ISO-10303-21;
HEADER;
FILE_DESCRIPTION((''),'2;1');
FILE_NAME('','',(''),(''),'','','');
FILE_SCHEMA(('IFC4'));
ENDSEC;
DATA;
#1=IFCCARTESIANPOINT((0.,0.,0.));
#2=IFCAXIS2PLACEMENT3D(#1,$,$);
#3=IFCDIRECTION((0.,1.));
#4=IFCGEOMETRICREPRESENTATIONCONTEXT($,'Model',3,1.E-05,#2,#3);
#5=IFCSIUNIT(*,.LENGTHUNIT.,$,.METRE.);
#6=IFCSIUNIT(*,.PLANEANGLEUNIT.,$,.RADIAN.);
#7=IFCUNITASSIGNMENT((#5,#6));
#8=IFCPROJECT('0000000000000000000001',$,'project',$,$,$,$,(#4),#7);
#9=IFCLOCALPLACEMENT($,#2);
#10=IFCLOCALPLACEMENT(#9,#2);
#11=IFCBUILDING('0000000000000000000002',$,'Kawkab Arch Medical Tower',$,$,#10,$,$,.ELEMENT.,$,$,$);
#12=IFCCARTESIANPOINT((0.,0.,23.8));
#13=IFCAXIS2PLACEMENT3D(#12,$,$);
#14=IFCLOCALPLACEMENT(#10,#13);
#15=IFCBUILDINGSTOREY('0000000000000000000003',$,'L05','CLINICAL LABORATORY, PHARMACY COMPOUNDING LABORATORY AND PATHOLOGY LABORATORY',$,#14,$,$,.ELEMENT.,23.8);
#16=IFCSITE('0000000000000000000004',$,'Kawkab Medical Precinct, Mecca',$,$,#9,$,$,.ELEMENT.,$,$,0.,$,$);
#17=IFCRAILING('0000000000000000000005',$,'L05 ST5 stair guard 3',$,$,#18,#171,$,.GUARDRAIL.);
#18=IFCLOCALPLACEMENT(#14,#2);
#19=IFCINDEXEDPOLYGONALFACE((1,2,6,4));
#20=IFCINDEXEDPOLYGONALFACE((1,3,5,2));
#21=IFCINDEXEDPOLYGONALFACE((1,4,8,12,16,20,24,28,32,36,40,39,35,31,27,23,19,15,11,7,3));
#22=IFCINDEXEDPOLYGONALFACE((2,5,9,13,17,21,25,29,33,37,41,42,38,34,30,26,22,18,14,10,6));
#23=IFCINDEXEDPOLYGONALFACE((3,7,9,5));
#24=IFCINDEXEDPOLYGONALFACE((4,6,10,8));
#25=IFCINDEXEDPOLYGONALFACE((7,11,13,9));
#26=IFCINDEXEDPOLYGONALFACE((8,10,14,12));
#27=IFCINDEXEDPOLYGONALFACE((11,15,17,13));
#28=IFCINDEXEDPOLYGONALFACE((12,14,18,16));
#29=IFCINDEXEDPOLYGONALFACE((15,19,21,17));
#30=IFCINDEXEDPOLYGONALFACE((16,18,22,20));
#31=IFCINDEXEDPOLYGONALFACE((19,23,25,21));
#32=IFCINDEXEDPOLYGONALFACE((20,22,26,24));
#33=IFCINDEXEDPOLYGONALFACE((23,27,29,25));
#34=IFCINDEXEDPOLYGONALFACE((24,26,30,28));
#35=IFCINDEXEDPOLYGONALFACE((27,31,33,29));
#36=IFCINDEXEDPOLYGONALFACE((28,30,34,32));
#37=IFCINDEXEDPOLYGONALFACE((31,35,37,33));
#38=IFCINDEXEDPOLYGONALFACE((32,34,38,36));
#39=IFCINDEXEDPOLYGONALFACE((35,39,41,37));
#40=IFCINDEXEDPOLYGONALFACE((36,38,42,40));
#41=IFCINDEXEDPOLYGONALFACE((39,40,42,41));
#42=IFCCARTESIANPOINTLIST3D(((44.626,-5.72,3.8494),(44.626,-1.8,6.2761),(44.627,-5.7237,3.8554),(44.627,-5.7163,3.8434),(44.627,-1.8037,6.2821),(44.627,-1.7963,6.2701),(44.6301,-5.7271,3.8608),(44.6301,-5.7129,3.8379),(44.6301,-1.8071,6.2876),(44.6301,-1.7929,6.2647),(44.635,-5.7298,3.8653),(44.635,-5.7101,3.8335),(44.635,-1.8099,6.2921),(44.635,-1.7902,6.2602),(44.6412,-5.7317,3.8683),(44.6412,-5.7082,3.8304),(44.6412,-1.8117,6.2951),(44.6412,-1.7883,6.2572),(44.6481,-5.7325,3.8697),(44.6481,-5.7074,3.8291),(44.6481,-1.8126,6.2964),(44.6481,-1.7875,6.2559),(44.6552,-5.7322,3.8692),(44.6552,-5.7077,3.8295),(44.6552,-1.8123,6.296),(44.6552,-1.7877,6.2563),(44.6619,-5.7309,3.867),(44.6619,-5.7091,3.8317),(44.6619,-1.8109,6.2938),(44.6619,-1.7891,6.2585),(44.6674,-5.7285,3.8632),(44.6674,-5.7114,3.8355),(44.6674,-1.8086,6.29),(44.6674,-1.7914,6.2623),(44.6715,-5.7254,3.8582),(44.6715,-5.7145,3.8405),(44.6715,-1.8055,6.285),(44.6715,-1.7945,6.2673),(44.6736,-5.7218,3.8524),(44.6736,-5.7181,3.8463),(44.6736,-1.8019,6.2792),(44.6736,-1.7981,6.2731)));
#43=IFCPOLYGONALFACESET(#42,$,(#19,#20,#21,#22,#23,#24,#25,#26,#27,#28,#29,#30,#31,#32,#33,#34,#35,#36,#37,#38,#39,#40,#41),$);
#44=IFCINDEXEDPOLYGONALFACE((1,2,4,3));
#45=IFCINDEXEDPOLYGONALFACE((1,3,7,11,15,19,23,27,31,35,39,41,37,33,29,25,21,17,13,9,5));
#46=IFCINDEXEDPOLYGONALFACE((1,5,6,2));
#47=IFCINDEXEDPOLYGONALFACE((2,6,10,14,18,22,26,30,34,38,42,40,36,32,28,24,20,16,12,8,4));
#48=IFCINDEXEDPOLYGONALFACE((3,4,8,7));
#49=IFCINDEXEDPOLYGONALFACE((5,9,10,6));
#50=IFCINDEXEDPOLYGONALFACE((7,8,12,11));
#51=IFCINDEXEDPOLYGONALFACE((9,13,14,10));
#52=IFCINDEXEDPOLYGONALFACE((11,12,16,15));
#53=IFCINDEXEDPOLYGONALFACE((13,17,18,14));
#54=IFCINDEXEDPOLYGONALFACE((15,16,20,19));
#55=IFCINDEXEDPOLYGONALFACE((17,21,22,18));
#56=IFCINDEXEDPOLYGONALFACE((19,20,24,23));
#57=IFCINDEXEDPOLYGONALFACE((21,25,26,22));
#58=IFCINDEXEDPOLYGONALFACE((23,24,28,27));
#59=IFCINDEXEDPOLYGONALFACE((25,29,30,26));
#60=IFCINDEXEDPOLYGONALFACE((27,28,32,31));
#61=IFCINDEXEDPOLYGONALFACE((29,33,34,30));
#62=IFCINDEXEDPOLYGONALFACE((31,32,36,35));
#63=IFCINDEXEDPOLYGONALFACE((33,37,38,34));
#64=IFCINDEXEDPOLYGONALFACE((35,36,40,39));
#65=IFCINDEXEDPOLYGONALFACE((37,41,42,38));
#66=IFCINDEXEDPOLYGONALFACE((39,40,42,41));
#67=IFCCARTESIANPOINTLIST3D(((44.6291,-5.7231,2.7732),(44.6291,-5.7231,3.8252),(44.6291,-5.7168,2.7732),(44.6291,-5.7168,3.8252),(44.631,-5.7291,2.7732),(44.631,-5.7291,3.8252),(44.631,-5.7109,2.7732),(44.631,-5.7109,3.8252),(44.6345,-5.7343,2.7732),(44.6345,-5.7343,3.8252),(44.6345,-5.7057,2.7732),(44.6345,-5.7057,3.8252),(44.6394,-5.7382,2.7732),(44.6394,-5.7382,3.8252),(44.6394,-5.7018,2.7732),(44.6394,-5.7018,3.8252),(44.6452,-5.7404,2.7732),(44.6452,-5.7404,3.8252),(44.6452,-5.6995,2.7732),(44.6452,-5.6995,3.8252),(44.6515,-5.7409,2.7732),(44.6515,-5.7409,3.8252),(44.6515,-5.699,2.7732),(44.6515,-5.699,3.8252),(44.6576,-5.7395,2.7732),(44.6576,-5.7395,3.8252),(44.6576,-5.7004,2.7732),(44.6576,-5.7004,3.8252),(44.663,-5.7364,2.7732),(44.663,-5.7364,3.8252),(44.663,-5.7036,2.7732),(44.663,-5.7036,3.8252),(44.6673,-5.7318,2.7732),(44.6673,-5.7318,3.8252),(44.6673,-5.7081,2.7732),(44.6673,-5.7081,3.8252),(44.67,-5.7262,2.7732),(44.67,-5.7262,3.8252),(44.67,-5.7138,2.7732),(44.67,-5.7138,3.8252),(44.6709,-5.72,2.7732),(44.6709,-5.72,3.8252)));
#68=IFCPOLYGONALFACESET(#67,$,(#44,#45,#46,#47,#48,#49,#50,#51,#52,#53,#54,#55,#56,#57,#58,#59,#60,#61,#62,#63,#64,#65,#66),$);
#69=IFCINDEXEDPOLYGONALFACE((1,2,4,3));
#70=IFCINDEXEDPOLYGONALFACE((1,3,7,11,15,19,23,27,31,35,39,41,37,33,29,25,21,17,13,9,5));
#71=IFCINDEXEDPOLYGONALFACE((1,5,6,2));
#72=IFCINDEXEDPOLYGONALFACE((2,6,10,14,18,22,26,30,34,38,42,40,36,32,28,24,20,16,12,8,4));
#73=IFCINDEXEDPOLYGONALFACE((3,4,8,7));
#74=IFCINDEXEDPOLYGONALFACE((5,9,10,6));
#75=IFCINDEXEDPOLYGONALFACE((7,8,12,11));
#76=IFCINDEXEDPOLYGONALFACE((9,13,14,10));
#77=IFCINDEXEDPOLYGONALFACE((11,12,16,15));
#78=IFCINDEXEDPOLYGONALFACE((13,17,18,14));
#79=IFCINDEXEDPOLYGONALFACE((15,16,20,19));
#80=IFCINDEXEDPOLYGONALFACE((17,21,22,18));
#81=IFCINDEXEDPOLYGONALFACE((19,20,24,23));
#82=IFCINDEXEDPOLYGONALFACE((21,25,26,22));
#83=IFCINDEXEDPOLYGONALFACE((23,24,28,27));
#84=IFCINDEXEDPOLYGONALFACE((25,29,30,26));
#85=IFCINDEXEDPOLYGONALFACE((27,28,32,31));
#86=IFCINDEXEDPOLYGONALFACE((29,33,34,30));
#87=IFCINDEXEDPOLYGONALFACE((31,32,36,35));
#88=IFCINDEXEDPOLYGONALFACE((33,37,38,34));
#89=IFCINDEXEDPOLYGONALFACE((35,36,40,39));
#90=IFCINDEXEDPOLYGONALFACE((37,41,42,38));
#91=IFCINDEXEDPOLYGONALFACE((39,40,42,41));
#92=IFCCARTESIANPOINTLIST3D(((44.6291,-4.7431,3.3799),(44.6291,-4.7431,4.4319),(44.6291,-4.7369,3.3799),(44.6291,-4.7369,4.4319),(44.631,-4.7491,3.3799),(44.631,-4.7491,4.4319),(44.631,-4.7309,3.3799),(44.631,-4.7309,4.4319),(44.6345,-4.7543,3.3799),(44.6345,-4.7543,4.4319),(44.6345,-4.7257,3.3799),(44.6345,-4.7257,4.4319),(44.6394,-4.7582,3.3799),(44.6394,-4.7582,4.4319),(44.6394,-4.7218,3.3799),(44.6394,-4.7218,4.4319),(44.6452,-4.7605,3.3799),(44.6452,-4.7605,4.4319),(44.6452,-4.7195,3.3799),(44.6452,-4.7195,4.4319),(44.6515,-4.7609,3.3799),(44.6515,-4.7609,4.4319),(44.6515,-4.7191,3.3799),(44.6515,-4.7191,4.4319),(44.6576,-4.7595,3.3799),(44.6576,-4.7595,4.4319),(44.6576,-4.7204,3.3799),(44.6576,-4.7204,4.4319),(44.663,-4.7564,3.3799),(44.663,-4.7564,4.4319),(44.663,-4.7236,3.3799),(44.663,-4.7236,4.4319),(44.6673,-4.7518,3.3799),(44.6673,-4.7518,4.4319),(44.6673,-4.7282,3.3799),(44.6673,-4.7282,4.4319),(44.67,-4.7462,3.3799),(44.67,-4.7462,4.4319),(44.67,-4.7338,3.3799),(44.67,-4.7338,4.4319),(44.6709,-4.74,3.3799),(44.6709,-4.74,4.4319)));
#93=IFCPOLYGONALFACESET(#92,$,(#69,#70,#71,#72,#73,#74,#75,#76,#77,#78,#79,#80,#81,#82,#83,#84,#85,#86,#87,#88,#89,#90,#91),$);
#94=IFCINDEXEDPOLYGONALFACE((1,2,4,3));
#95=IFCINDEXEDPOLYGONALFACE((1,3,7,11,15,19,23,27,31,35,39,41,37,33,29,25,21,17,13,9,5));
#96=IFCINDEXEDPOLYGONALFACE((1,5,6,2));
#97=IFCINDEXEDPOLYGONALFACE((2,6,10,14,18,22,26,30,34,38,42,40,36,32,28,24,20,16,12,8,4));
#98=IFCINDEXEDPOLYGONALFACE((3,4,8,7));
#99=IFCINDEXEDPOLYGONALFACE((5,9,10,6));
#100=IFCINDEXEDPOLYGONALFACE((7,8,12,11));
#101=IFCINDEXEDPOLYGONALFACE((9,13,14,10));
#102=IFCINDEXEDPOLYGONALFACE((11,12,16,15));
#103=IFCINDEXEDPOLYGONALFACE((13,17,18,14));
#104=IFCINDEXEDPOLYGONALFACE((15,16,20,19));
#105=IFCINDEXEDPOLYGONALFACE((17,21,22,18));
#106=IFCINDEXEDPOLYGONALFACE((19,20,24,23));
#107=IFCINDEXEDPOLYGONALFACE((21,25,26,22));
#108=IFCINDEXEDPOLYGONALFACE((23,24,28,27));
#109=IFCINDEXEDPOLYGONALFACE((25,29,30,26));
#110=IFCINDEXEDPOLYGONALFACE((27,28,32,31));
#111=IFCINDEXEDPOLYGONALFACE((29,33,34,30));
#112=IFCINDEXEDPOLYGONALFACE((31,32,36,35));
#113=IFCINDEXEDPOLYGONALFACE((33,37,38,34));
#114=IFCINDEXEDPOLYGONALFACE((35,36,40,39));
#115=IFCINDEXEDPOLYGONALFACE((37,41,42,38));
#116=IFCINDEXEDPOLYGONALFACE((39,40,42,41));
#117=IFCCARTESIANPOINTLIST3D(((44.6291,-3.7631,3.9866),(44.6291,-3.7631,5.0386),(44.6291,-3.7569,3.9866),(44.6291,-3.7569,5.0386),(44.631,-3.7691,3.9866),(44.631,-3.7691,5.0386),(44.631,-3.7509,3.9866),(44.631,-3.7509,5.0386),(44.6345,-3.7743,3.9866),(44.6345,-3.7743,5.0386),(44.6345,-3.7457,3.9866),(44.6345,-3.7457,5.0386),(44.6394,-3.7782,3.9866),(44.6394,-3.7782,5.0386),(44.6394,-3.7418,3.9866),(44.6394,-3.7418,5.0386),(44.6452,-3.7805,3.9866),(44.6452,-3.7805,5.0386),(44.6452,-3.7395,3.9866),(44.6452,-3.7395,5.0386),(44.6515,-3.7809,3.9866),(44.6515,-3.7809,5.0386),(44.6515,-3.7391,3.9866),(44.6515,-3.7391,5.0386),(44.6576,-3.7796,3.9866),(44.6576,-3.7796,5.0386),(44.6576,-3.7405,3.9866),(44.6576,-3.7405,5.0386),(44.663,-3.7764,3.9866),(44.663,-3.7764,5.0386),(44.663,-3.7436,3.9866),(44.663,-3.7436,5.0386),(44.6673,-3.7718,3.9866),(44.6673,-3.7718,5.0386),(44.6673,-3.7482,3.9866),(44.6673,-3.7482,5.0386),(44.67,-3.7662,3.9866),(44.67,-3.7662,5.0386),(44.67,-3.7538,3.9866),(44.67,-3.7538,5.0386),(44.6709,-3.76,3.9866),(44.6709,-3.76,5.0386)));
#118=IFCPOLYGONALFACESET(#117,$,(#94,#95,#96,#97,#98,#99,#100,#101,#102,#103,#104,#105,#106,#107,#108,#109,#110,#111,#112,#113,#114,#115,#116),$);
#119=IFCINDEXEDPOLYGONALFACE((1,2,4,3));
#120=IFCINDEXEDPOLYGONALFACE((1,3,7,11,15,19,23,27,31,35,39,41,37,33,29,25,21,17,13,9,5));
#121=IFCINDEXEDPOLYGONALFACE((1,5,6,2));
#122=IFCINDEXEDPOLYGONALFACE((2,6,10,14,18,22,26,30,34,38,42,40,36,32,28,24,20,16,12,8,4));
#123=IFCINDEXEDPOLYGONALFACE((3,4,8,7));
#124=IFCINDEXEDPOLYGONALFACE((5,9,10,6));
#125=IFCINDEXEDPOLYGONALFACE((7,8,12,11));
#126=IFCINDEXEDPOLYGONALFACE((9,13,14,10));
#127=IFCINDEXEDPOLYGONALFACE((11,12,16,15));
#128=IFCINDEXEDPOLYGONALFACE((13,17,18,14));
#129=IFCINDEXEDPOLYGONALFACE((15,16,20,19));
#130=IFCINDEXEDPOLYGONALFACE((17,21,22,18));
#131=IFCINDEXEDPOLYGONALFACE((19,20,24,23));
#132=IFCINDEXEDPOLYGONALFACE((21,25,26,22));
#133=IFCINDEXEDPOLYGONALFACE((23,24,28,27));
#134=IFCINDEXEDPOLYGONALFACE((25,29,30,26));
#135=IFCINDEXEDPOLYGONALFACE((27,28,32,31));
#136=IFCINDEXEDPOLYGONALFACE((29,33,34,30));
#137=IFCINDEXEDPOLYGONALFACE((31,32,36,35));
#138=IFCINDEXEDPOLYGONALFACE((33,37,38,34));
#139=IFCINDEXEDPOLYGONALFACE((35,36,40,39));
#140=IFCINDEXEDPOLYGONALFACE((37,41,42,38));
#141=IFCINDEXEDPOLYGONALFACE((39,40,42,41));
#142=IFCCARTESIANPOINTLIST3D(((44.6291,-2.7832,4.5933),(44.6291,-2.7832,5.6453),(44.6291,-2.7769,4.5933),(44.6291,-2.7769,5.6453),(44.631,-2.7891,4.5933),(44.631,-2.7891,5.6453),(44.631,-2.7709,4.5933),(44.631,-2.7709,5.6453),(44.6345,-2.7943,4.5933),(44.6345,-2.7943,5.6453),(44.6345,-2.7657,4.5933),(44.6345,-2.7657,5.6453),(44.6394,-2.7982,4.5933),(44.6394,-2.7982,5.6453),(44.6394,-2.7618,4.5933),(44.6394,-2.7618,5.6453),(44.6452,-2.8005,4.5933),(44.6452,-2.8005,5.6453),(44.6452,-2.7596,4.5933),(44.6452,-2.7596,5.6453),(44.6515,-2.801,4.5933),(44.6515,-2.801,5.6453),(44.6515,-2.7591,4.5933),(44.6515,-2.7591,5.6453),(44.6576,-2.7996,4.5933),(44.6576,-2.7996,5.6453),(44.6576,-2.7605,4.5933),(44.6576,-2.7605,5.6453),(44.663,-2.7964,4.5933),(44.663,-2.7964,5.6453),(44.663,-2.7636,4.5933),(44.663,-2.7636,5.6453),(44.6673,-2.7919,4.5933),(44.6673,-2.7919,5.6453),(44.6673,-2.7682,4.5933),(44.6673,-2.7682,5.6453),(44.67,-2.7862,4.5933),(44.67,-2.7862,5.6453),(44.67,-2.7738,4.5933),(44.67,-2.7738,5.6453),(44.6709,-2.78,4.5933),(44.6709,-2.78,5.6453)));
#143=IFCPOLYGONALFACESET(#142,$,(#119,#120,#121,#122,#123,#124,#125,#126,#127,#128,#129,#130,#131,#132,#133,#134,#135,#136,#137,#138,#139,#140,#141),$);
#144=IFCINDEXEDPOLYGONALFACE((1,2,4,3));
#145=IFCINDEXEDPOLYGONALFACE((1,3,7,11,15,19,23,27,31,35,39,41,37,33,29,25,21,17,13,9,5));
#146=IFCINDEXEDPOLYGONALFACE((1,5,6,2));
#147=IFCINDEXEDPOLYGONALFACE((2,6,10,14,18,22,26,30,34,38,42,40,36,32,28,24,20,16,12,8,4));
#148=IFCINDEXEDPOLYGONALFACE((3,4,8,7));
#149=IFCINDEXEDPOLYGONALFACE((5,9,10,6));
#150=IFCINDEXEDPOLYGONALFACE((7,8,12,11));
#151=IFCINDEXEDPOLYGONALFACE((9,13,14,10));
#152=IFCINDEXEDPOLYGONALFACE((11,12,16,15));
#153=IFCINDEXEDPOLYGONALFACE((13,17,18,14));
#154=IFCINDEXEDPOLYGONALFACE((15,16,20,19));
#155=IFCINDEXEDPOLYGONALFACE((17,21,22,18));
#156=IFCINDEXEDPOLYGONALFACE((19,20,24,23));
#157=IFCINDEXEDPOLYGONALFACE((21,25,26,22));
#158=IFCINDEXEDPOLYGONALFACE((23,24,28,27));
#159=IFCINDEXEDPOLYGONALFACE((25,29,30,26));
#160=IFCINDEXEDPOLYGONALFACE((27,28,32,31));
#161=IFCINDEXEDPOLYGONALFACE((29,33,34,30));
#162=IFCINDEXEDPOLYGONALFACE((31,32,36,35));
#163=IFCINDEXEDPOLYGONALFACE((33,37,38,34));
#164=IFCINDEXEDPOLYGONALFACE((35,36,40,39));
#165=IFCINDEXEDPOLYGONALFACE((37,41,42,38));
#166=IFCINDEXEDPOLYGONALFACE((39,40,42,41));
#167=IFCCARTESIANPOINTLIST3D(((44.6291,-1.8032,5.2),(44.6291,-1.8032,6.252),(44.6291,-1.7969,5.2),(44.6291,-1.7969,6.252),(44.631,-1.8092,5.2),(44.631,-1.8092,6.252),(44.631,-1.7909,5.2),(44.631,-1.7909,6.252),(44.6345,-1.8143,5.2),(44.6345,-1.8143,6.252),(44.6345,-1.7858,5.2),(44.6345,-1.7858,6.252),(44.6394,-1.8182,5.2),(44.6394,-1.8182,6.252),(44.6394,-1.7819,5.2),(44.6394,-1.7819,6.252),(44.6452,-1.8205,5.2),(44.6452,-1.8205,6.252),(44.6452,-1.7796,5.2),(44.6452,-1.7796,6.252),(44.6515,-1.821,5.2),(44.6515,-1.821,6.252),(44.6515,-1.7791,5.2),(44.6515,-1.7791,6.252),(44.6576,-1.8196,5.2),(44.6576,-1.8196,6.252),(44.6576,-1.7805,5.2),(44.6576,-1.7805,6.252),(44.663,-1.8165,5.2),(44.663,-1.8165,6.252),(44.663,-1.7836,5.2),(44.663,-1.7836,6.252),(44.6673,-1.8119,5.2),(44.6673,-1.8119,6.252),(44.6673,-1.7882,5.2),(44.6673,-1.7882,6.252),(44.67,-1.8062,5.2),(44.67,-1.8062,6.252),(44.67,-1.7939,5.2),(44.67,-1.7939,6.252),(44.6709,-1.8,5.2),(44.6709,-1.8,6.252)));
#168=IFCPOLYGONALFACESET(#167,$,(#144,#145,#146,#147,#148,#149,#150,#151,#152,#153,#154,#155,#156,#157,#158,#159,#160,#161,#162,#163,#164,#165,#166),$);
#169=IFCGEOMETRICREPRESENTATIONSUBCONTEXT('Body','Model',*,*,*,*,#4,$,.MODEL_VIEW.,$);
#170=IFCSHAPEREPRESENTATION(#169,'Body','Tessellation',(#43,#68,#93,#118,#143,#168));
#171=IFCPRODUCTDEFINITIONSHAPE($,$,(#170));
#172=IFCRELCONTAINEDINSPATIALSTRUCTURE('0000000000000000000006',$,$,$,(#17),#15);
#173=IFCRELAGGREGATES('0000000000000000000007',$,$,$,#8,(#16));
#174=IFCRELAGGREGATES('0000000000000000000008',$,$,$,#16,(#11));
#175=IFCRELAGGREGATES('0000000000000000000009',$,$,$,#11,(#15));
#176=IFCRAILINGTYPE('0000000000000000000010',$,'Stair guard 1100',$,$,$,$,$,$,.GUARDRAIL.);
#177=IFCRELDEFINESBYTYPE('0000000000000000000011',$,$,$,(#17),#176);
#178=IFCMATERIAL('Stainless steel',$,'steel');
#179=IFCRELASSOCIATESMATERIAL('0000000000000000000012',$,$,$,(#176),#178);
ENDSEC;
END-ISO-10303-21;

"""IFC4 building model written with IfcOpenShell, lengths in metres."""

from ifc_helpers import new_model, si_unit, direction, frame, origin, origin_2d, place, context, subcontext, project, spatial, circle, extrude, material, type_object, element, save


model = new_model("IFC4")

# Units and contexts
model_context = context("Model", 3, precision=1e-05, world=origin(), true_north=direction((0.0, 1.0)))
body_context = subcontext(model_context, "Body", "Model", "MODEL_VIEW")
ifc_project = project(units=[si_unit("LENGTHUNIT", "METRE"), si_unit("PLANEANGLEUNIT", "RADIAN")], contexts=[model_context])

# Site, building, storey
site_placement = place(None, origin())
site = spatial("IfcSite", under=ifc_project, at=site_placement, Name="Kawkab Medical Precinct, Mecca", CompositionType="ELEMENT", RefElevation=0.0)
building_placement = place(site_placement, origin())
building = spatial("IfcBuilding", under=site, at=building_placement, Name="Kawkab Arch Medical Tower", CompositionType="ELEMENT")
storey_placement = place(building_placement, frame((0.0, 0.0, 23.8)))
storey = spatial("IfcBuildingStorey", under=building, at=storey_placement, Name="L05", Description="CLINICAL LABORATORY, PHARMACY COMPOUNDING LABORATORY AND PATHOLOGY LABORATORY", CompositionType="ELEMENT", Elevation=23.8)

# Railing
ifc_material_1 = material(Name="Stainless steel", Category="steel")
railing_type = type_object("IfcRailingType", Name="Stair guard 1100", PredefinedType="GUARDRAIL", material=ifc_material_1)
railing_1_placement = place(storey_placement, frame((44.6499, -5.72, 2.7732)))
element("IfcRailing", 1, at=railing_1_placement, inside=storey, type_object=railing_type, Name="L05 ST5 stair guard 3", PredefinedType="GUARDRAIL", context=body_context, shape_type="SweptSolid", body=[
    extrude(circle(Radius=0.0239, at=origin_2d()), frame((0.0, 0.0, 1.0762), z_axis=(0.0, 0.850252, 0.526376), x_axis=(-1.0, 0.0, 0.0)), (0.0, 0.0, 1.0), 4.6104),
    extrude(circle(Radius=0.021, at=origin_2d()), origin(), (0.0, 0.0, 1.0), 1.052),
    extrude(circle(Radius=0.021, at=origin_2d()), frame((0.0, 0.98, 0.6067)), (0.0, 0.0, 1.0), 1.052),
    extrude(circle(Radius=0.021, at=origin_2d()), frame((0.0, 1.96, 1.2134)), (0.0, 0.0, 1.0), 1.052),
    extrude(circle(Radius=0.021, at=origin_2d()), frame((0.0, 2.9399, 1.8201)), (0.0, 0.0, 1.0), 1.052),
    extrude(circle(Radius=0.021, at=origin_2d()), frame((0.0, 3.9199, 2.4268)), (0.0, 0.0, 1.0), 1.052),
])

save(model, "model.ifc")
